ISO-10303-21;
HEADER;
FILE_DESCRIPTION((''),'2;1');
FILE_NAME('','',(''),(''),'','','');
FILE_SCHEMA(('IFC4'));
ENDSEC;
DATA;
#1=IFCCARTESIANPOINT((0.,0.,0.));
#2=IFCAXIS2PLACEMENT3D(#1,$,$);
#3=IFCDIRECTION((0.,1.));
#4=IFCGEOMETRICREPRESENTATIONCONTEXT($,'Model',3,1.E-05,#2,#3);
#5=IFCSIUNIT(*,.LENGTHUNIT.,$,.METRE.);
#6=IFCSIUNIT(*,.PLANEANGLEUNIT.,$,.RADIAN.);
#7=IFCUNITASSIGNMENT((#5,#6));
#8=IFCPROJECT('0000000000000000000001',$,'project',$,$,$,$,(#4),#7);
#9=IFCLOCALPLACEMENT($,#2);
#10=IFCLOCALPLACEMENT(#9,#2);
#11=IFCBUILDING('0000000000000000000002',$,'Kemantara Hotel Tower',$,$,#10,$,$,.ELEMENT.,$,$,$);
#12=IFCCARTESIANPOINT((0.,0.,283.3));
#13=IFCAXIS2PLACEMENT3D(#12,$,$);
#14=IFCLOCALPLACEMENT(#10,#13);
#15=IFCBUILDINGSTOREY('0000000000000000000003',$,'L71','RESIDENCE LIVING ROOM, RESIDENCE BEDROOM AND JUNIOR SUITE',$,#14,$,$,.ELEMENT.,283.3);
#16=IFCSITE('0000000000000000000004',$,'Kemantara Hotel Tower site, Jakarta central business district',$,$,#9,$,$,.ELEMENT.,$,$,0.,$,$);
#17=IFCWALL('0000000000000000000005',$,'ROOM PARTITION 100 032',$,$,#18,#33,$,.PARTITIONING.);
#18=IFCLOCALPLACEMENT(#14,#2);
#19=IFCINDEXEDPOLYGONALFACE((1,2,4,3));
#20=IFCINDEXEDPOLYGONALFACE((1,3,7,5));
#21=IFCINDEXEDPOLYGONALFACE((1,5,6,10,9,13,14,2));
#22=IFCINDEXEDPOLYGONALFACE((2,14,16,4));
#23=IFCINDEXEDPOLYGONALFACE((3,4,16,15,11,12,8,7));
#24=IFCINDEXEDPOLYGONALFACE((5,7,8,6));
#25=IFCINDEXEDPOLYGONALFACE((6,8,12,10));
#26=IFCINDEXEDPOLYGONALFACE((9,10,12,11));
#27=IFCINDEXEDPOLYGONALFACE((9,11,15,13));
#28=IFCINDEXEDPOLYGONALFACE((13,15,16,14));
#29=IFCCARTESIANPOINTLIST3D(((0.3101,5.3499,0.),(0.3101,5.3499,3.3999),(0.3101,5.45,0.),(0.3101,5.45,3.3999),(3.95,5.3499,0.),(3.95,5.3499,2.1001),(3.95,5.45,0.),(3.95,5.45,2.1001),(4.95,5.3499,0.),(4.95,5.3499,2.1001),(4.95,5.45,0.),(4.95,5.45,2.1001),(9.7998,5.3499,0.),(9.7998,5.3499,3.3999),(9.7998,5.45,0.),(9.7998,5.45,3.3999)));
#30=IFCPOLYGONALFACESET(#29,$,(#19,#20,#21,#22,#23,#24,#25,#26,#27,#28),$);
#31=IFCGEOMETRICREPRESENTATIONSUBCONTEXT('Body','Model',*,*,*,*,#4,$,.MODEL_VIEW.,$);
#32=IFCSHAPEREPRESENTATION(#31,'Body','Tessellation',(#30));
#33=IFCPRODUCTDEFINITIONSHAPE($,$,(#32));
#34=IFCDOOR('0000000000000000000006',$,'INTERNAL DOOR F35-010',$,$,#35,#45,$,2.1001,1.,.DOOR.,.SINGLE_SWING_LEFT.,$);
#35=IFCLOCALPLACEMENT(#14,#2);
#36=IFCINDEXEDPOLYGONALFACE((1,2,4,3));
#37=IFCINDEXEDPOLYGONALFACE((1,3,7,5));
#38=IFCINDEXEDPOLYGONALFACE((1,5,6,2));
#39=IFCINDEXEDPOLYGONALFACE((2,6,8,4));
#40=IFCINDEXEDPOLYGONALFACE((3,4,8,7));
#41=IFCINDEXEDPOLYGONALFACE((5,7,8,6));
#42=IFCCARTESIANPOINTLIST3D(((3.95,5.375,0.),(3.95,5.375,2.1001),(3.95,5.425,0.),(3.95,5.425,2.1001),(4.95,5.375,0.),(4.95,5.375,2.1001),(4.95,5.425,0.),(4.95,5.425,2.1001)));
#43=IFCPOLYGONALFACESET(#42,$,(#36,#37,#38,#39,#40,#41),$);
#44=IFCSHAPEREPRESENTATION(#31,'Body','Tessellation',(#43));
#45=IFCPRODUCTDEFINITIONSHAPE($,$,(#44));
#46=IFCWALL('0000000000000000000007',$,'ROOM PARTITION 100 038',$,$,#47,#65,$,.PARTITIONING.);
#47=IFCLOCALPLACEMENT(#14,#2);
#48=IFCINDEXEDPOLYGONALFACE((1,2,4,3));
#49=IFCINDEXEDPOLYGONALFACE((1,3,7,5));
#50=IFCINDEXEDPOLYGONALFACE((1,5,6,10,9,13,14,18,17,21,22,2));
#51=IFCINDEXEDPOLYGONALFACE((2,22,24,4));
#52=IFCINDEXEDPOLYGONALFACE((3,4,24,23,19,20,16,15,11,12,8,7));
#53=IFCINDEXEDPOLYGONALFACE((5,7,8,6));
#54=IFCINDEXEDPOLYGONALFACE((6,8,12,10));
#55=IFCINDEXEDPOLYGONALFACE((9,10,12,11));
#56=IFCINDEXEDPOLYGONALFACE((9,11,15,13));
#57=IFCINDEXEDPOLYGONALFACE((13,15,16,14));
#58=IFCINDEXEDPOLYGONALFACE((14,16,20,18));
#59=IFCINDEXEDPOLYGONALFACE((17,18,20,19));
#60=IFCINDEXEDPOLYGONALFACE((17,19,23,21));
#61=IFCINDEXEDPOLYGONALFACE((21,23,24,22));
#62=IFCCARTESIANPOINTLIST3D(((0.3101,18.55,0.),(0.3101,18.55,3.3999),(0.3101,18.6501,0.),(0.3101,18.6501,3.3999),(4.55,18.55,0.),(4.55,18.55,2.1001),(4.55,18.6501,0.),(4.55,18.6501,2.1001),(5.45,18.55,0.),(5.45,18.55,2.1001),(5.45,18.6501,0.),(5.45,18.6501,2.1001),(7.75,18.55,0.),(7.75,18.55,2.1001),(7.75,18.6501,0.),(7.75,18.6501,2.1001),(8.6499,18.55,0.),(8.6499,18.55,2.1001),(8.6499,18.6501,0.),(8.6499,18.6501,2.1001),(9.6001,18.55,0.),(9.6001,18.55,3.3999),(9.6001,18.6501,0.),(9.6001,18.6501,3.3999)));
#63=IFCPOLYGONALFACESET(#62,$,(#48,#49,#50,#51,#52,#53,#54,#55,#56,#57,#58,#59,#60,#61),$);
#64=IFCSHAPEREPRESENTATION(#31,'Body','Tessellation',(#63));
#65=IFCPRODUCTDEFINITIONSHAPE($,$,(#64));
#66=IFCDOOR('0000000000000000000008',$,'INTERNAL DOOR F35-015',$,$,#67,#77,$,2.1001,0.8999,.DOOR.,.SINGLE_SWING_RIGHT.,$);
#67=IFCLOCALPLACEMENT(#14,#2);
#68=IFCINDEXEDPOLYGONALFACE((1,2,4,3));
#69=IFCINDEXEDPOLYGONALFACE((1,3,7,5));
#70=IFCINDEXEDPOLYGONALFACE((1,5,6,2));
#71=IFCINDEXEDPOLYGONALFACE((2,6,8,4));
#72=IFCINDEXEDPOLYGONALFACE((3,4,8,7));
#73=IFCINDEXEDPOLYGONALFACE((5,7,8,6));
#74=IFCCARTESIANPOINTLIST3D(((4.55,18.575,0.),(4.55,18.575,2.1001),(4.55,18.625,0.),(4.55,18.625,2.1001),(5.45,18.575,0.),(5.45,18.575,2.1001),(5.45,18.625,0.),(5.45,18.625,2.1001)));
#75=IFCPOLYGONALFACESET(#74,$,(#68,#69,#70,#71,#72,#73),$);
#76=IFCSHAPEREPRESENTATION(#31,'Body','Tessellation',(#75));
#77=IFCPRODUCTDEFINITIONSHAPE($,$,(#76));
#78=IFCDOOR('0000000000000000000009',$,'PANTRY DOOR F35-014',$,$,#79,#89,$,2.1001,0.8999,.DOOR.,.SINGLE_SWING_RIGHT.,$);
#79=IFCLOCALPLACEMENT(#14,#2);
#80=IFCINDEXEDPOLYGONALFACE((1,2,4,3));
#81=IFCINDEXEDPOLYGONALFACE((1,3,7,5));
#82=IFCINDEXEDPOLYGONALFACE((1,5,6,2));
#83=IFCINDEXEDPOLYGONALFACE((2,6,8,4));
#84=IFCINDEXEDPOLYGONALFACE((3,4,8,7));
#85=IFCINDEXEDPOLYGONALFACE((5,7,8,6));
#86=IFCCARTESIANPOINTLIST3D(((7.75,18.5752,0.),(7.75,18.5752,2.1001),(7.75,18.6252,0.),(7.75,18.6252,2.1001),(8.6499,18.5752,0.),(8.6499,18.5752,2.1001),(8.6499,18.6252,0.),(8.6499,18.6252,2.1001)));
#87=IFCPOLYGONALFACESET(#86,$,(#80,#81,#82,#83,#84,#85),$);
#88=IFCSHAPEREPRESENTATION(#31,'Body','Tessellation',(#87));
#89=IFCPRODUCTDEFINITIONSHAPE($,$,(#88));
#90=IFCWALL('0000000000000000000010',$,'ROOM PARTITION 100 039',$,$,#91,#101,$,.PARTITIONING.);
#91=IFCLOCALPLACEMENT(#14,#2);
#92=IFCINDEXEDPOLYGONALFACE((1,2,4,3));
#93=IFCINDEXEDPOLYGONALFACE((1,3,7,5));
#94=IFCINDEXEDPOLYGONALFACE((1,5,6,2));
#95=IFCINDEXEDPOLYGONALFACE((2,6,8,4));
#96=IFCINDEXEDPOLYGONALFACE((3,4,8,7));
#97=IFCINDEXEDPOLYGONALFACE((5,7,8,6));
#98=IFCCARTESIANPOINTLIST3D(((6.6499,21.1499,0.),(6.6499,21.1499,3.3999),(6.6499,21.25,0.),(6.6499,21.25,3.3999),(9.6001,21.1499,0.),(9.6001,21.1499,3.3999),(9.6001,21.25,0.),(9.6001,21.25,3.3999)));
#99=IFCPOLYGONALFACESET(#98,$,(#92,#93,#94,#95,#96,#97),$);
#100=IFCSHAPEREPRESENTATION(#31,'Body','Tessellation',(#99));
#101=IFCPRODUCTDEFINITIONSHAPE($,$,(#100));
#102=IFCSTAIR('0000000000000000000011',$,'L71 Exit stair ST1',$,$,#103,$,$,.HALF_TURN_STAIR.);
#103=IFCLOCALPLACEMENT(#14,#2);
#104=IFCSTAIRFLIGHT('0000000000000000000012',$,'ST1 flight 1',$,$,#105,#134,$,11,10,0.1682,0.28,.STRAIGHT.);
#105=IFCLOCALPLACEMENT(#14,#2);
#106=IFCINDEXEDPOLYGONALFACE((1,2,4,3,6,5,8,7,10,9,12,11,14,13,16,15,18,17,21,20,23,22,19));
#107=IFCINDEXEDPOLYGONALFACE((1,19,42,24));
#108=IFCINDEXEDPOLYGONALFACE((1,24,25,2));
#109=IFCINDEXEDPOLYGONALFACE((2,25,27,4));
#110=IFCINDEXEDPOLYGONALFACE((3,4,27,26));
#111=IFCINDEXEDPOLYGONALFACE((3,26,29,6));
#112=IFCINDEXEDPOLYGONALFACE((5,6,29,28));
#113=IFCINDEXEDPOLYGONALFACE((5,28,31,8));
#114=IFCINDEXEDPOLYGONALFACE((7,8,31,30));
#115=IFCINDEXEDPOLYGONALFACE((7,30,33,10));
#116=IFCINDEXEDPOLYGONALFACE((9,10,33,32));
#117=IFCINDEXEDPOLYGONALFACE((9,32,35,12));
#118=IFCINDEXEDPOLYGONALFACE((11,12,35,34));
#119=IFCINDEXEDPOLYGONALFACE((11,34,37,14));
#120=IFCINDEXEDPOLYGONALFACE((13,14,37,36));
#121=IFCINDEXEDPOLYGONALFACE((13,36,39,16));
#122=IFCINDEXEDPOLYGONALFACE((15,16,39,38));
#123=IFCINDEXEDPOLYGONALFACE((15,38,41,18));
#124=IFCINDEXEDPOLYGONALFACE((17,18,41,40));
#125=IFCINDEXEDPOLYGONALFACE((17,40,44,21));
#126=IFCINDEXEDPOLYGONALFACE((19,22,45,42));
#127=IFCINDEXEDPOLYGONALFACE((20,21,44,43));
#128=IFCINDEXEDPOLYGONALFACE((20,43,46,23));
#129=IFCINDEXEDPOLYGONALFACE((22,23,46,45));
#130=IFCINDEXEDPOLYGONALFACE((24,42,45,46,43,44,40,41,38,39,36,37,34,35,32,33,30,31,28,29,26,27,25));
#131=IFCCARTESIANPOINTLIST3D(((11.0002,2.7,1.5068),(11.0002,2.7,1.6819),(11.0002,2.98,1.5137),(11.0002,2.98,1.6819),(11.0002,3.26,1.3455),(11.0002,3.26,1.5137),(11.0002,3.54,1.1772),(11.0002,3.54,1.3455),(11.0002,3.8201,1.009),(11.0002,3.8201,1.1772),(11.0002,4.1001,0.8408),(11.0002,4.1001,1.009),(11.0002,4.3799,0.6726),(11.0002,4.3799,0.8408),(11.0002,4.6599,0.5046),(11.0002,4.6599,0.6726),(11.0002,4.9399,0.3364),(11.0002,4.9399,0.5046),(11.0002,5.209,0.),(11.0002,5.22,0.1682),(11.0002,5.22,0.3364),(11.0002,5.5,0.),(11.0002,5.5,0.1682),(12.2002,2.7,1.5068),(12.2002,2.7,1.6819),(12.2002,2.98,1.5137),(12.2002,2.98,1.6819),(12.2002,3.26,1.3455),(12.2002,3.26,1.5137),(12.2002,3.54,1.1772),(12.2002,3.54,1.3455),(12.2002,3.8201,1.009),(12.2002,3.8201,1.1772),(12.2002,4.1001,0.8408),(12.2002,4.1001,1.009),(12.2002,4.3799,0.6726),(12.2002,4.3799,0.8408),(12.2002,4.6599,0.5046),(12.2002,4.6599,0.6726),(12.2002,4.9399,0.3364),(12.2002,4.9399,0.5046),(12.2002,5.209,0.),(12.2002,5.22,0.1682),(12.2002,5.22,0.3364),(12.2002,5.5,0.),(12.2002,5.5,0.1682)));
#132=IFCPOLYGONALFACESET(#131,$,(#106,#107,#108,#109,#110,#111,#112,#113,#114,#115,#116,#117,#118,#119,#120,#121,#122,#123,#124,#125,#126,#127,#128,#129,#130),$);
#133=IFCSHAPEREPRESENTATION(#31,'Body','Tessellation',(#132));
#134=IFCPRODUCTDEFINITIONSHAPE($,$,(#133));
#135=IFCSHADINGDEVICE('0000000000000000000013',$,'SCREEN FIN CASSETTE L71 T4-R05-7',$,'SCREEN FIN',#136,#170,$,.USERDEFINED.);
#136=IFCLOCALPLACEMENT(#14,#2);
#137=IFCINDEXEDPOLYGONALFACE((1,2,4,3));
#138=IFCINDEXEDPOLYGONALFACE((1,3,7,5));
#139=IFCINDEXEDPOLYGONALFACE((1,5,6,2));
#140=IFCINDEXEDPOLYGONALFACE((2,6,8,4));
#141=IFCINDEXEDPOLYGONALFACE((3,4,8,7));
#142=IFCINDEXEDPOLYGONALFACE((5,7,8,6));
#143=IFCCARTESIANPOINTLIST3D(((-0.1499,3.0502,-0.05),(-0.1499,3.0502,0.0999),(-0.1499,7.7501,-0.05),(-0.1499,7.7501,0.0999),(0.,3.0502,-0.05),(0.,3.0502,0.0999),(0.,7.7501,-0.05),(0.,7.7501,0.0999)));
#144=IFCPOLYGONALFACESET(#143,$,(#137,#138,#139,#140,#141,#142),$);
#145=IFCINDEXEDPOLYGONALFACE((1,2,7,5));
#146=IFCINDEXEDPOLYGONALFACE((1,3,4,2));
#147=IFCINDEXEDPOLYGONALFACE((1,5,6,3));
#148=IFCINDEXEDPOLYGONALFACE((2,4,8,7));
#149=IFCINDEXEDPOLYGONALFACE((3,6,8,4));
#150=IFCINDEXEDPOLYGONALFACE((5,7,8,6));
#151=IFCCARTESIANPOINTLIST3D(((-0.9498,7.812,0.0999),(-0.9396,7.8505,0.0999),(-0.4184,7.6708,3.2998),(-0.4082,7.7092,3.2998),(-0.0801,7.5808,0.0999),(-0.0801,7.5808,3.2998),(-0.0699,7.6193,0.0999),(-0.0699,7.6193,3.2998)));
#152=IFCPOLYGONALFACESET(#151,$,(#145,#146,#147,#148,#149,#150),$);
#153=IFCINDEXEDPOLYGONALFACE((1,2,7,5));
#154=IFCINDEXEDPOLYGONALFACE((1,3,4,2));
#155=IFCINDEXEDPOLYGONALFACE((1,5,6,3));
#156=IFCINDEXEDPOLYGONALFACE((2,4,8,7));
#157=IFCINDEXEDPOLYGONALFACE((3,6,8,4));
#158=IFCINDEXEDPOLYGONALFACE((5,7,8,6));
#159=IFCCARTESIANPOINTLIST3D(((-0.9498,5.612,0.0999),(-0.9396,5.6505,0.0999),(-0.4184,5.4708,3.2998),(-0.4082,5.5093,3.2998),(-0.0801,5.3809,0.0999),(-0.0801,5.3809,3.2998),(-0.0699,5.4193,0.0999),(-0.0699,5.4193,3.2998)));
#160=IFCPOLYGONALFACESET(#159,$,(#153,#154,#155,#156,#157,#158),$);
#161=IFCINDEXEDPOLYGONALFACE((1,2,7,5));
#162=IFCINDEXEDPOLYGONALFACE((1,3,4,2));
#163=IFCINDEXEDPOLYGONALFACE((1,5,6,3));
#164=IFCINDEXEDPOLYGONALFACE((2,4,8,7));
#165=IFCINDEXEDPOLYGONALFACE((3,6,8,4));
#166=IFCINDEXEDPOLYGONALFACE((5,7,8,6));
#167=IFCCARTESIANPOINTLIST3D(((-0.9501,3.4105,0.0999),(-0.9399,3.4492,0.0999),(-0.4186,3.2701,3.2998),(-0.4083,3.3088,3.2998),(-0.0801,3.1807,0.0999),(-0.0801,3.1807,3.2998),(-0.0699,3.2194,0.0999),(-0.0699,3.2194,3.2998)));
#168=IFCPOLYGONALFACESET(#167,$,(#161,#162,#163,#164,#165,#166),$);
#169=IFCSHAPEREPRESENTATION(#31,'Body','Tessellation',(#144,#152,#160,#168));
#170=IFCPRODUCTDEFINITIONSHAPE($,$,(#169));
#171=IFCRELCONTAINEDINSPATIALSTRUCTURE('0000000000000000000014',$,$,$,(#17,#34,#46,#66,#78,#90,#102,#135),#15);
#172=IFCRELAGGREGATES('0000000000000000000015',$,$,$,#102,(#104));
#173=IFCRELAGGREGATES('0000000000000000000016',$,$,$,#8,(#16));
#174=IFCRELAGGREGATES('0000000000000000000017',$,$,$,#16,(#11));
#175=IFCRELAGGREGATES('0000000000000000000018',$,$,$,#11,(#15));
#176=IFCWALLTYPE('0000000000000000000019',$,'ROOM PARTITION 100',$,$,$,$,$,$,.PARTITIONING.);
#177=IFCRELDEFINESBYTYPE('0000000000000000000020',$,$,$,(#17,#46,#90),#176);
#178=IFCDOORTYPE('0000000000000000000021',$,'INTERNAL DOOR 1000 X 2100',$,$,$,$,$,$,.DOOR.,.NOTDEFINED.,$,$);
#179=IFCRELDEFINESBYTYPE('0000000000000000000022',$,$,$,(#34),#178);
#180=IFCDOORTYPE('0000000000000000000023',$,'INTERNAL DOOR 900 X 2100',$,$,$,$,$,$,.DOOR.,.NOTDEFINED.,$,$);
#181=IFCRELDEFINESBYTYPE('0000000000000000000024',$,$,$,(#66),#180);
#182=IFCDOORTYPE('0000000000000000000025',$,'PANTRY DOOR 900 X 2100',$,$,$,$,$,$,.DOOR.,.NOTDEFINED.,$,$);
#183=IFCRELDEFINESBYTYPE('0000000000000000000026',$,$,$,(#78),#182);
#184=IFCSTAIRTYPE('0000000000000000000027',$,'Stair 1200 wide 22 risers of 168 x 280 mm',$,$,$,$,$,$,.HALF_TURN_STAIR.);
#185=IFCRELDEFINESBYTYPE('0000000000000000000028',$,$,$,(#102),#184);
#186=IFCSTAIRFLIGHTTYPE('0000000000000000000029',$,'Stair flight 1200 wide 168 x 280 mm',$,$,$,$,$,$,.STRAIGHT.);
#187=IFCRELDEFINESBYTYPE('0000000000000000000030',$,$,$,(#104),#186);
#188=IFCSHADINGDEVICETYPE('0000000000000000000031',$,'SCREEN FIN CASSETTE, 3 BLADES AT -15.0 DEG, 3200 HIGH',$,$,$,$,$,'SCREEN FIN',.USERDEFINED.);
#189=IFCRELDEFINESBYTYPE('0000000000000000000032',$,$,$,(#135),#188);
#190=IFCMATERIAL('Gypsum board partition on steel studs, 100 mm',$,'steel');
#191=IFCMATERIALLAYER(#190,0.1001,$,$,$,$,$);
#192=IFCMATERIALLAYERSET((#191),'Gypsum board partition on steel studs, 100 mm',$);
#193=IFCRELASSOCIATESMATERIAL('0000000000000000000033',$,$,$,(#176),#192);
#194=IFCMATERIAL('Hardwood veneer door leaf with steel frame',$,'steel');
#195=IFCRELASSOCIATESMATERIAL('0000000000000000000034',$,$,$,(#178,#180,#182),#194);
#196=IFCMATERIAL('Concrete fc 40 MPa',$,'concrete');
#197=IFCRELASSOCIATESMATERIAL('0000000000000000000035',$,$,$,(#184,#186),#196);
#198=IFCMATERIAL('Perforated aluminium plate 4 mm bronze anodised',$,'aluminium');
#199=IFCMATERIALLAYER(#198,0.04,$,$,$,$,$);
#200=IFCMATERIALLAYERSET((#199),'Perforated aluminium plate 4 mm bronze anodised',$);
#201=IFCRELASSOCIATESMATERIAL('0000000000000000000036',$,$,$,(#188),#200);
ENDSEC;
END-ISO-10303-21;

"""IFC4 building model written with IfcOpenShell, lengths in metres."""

from ifc_helpers import new_model, si_unit, direction, frame, frame_2d, origin, origin_2d, place, context, subcontext, project, spatial, polyline, rectangle, outline, extrude, source, transform, mapped, material, layer, layer_set, type_object, element, fill, aggregate, save


model = new_model("IFC4")

# Units and contexts
model_context = context("Model", 3, precision=1e-05, world=origin(), true_north=direction((0.0, 1.0)))
body_context = subcontext(model_context, "Body", "Model", "MODEL_VIEW")
ifc_project = project(units=[si_unit("LENGTHUNIT", "METRE"), si_unit("PLANEANGLEUNIT", "RADIAN")], contexts=[model_context])

# Site, building, storey
site_placement = place(None, origin())
site = spatial("IfcSite", under=ifc_project, at=site_placement, Name="Kemantara Hotel Tower site, Jakarta central business district", CompositionType="ELEMENT", RefElevation=0.0)
building_placement = place(site_placement, origin())
building = spatial("IfcBuilding", under=site, at=building_placement, Name="Kemantara Hotel Tower", CompositionType="ELEMENT")
storey_placement = place(building_placement, frame((0.0, 0.0, 283.3)))
storey = spatial("IfcBuildingStorey", under=building, at=storey_placement, Name="L71", Description="RESIDENCE LIVING ROOM, RESIDENCE BEDROOM AND JUNIOR SUITE", CompositionType="ELEMENT", Elevation=283.3)

# Shared definitions
ifc_material_1 = material(Name="Hardwood veneer door leaf with steel frame", Category="steel")

# Wall, opening, door
ifc_material_2 = material(Name="Gypsum board partition on steel studs, 100 mm", Category="steel")
ifc_layer_1 = layer(ifc_material_2, 0.1001)
ifc_layer_set_1 = layer_set([ifc_layer_1], Name="Gypsum board partition on steel studs, 100 mm")
wall_type_1 = type_object("IfcWallType", Name="ROOM PARTITION 100", PredefinedType="PARTITIONING", material=ifc_layer_set_1)
wall_1_placement = place(storey_placement, frame((9.7998, 5.3999, 0.0), z_axis=(0.0, 0.0, 1.0), x_axis=(-1.0, 0.0, 0.0)))
wall_1 = element("IfcWall", 1, at=wall_1_placement, inside=storey, type_object=wall_type_1, Name="ROOM PARTITION 100 032", PredefinedType="PARTITIONING", context=body_context, shape_type="SweptSolid", body=[
    extrude(rectangle(XDim=9.4897, YDim=0.1001, at=frame_2d((4.7449, 0.0))), origin(), (0.0, 0.0, 1.0), 3.3999),
])
opening_1_placement = place(wall_1_placement, frame((4.8499, 0.0, 0.0)))
opening_1 = element("IfcOpeningElement", 2, at=opening_1_placement, cuts=wall_1, PredefinedType="OPENING", context=body_context, shape_type="SweptSolid", body=[
    extrude(rectangle(XDim=1.0, YDim=2.1001, at=frame_2d((0.5, 1.05))), frame((0.0, 0.0601, 0.0), z_axis=(0.0, -1.0, 0.0), x_axis=(1.0, 0.0, 0.0)), (0.0, 0.0, 1.0), 0.1201),
])
door_type_1 = type_object("IfcDoorType", Name="INTERNAL DOOR 1000 X 2100", OperationType="NOTDEFINED", PredefinedType="DOOR", material=ifc_material_1)
door_1_placement = place(opening_1_placement, origin())
door_1 = element("IfcDoor", 3, at=door_1_placement, inside=storey, type_object=door_type_1, Name="INTERNAL DOOR F35-010", OperationType="SINGLE_SWING_LEFT", OverallHeight=2.1001, OverallWidth=1.0, PredefinedType="DOOR", context=body_context, shape_type="SweptSolid", body=[
    extrude(rectangle(XDim=1.0, YDim=2.1001, at=frame_2d((0.5, 1.05))), frame((0.0, 0.0249, 0.0), z_axis=(0.0, -1.0, 0.0), x_axis=(1.0, 0.0, 0.0)), (0.0, 0.0, 1.0), 0.05),
])
fill(opening_1, door_1)

# Wall, openings, doors
wall_2_placement = place(storey_placement, frame((0.3101, 18.6001, 0.0), z_axis=(0.0, 0.0, 1.0), x_axis=(1.0, 0.0, 0.0)))
wall_2 = element("IfcWall", 4, at=wall_2_placement, inside=storey, type_object=wall_type_1, Name="ROOM PARTITION 100 038", PredefinedType="PARTITIONING", context=body_context, shape_type="SweptSolid", body=[
    extrude(rectangle(XDim=9.29, YDim=0.1001, at=frame_2d((4.645, 0.0))), origin(), (0.0, 0.0, 1.0), 3.3999),
])
opening_2_placement = place(wall_2_placement, frame((7.4399, 0.0, 0.0)))
opening_2 = element("IfcOpeningElement", 5, at=opening_2_placement, cuts=wall_2, PredefinedType="OPENING", context=body_context, shape_type="SweptSolid", body=[
    extrude(rectangle(XDim=0.8999, YDim=2.1001, at=frame_2d((0.45, 1.05))), frame((0.0, 0.0601, 0.0), z_axis=(0.0, -1.0, 0.0), x_axis=(1.0, 0.0, 0.0)), (0.0, 0.0, 1.0), 0.1201),
])
opening_3_placement = place(wall_2_placement, frame((4.24, 0.0, 0.0)))
opening_3 = element("IfcOpeningElement", 6, at=opening_3_placement, cuts=wall_2, PredefinedType="OPENING", context=body_context, shape_type="SweptSolid", body=[
    extrude(rectangle(XDim=0.8999, YDim=2.1001, at=frame_2d((0.45, 1.05))), frame((0.0, 0.0601, 0.0), z_axis=(0.0, -1.0, 0.0), x_axis=(1.0, 0.0, 0.0)), (0.0, 0.0, 1.0), 0.1201),
])
door_type_2 = type_object("IfcDoorType", Name="INTERNAL DOOR 900 X 2100", OperationType="NOTDEFINED", PredefinedType="DOOR", material=ifc_material_1)
door_2_placement = place(opening_3_placement, origin())
door_2 = element("IfcDoor", 7, at=door_2_placement, inside=storey, type_object=door_type_2, Name="INTERNAL DOOR F35-015", OperationType="SINGLE_SWING_RIGHT", OverallHeight=2.1001, OverallWidth=0.8999, PredefinedType="DOOR", context=body_context, shape_type="SweptSolid", body=[
    extrude(rectangle(XDim=0.8999, YDim=2.1001, at=frame_2d((0.45, 1.05))), frame((0.0, 0.0249, 0.0), z_axis=(0.0, -1.0, 0.0), x_axis=(1.0, 0.0, 0.0)), (0.0, 0.0, 1.0), 0.05),
])
fill(opening_3, door_2)
door_type_3 = type_object("IfcDoorType", Name="PANTRY DOOR 900 X 2100", OperationType="NOTDEFINED", PredefinedType="DOOR", material=ifc_material_1)
door_3_placement = place(opening_2_placement, frame((0.8999, 0.0, 0.0), z_axis=(0.0, 0.0, 1.0), x_axis=(-1.0, 0.0, 0.0)))
door_3 = element("IfcDoor", 8, at=door_3_placement, inside=storey, type_object=door_type_3, Name="PANTRY DOOR F35-014", OperationType="SINGLE_SWING_RIGHT", OverallHeight=2.1001, OverallWidth=0.8999, PredefinedType="DOOR", context=body_context, shape_type="SweptSolid", body=[
    extrude(rectangle(XDim=0.8999, YDim=2.1001, at=frame_2d((0.45, 1.05))), frame((0.0, 0.0249, 0.0), z_axis=(0.0, -1.0, 0.0), x_axis=(1.0, 0.0, 0.0)), (0.0, 0.0, 1.0), 0.05),
])
fill(opening_2, door_3)

# Wall
wall_3_placement = place(storey_placement, frame((6.6499, 21.2, 0.0), z_axis=(0.0, 0.0, 1.0), x_axis=(1.0, 0.0, 0.0)))
element("IfcWall", 9, at=wall_3_placement, inside=storey, type_object=wall_type_1, Name="ROOM PARTITION 100 039", PredefinedType="PARTITIONING", context=body_context, shape_type="SweptSolid", body=[
    extrude(rectangle(XDim=2.9502, YDim=0.1001, at=frame_2d((1.4751, 0.0))), origin(), (0.0, 0.0, 1.0), 3.3999),
])

# Stair, stair flight
ifc_material_3 = material(Name="Concrete fc 40 MPa", Category="concrete")
stair_type = type_object("IfcStairType", Name="Stair 1200 wide 22 risers of 168 x 280 mm", PredefinedType="HALF_TURN_STAIR", material=ifc_material_3)
stair_placement = place(storey_placement, origin())
stair = element("IfcStair", 10, at=stair_placement, inside=storey, type_object=stair_type, Name="L71 Exit stair ST1", PredefinedType="HALF_TURN_STAIR")
stair_flight_type = type_object("IfcStairFlightType", Name="Stair flight 1200 wide 168 x 280 mm", PredefinedType="STRAIGHT", material=ifc_material_3)
stair_flight_placement = place(storey_placement, frame((11.6001, 5.5, 0.0), z_axis=(0.0, 0.0, 1.0), x_axis=(0.0, -1.0, 0.0)))
stair_flight = element("IfcStairFlight", 11, at=stair_flight_placement, type_object=stair_flight_type, Name="ST1 flight 1", NumberOfRisers=11, NumberOfTreads=10, PredefinedType="STRAIGHT", RiserHeight=0.1682, TreadLength=0.28, context=body_context, shape_type="SweptSolid", body=[
    extrude(outline(polyline([(0.0, 0.0), (0.0, 0.1682), (0.28, 0.1682), (0.28, 0.3364), (0.5601, 0.3364), (0.5601, 0.5046), (0.8401, 0.5046), (0.8401, 0.6726), (1.1201, 0.6726), (1.1201, 0.8408), (1.3999, 0.8408), (1.3999, 1.009), (1.6799, 1.009), (1.6799, 1.1772), (1.96, 1.1772), (1.96, 1.3455), (2.24, 1.3455), (2.24, 1.5137), (2.52, 1.5137), (2.52, 1.6819), (2.8, 1.6819), (2.8, 1.8501), (2.8, 1.5068), (0.291, 0.0), (0.0, 0.0)])), frame((0.0, 0.6001, 0.0), z_axis=(0.0, -1.0, 0.0), x_axis=(1.0, 0.0, 0.0)), (0.0, 0.0, 1.0), 1.2),
])
aggregate(stair, [stair_flight])

# Shading device
ifc_material_4 = material(Name="Perforated aluminium plate 4 mm bronze anodised", Category="aluminium")
ifc_layer_2 = layer(ifc_material_4, 0.04)
ifc_layer_set_2 = layer_set([ifc_layer_2], Name="Perforated aluminium plate 4 mm bronze anodised")
shading_device_type_1 = type_object("IfcShadingDeviceType", Name="SCREEN FIN CASSETTE, 3 BLADES AT -15.0 DEG, 3200 HIGH", ElementType="SCREEN FIN", PredefinedType="USERDEFINED", material=ifc_layer_set_2)
shared_shape_1 = source(origin(), body_context, "Body", "SweptSolid", [
    extrude(rectangle(XDim=4.7, YDim=0.1499, at=origin_2d()), frame((2.2, -0.075, -0.1499), z_axis=(0.0, 0.0, 1.0), x_axis=(1.0, 0.0, 0.0)), (0.0, 0.0, 1.0), 0.1499),
    extrude(outline(polyline([(0.0, 0.0), (0.8999, 0.0), (0.3501, 3.2), (0.0, 3.2), (0.0, 0.0)])), frame((0.0193, -0.0801, 0.0), z_axis=(-0.966438, 0.256901, 0.0), x_axis=(-0.256901, -0.966438, 0.0)), (0.0, 0.0, 1.0), 0.0398),
    extrude(outline(polyline([(0.0, 0.0), (0.8999, 0.0), (0.3501, 3.2), (0.0, 3.2), (0.0, 0.0)])), frame((2.2192, -0.0801, 0.0), z_axis=(-0.966438, 0.256901, 0.0), x_axis=(-0.256901, -0.966438, 0.0)), (0.0, 0.0, 1.0), 0.0398),
    extrude(outline(polyline([(0.0, 0.0), (0.8999, 0.0), (0.3501, 3.2), (0.0, 3.2), (0.0, 0.0)])), frame((4.4194, -0.0801, 0.0), z_axis=(-0.966838, 0.255391, 0.0), x_axis=(-0.255391, -0.966838, 0.0)), (0.0, 0.0, 1.0), 0.04),
])
shading_device_1_placement = place(storey_placement, frame((0.0, 7.6001, 0.0999), z_axis=(0.0, 0.0, 1.0), x_axis=(0.0, -1.0, 0.0)))
element("IfcShadingDevice", 12, at=shading_device_1_placement, inside=storey, type_object=shading_device_type_1, Name="SCREEN FIN CASSETTE L71 T4-R05-7", ObjectType="SCREEN FIN", PredefinedType="USERDEFINED", context=body_context, shape_type="MappedRepresentation", body=[
    mapped(shared_shape_1, transform((0.0, 0.0, 0.0))),
])

save(model, "model.ifc")
